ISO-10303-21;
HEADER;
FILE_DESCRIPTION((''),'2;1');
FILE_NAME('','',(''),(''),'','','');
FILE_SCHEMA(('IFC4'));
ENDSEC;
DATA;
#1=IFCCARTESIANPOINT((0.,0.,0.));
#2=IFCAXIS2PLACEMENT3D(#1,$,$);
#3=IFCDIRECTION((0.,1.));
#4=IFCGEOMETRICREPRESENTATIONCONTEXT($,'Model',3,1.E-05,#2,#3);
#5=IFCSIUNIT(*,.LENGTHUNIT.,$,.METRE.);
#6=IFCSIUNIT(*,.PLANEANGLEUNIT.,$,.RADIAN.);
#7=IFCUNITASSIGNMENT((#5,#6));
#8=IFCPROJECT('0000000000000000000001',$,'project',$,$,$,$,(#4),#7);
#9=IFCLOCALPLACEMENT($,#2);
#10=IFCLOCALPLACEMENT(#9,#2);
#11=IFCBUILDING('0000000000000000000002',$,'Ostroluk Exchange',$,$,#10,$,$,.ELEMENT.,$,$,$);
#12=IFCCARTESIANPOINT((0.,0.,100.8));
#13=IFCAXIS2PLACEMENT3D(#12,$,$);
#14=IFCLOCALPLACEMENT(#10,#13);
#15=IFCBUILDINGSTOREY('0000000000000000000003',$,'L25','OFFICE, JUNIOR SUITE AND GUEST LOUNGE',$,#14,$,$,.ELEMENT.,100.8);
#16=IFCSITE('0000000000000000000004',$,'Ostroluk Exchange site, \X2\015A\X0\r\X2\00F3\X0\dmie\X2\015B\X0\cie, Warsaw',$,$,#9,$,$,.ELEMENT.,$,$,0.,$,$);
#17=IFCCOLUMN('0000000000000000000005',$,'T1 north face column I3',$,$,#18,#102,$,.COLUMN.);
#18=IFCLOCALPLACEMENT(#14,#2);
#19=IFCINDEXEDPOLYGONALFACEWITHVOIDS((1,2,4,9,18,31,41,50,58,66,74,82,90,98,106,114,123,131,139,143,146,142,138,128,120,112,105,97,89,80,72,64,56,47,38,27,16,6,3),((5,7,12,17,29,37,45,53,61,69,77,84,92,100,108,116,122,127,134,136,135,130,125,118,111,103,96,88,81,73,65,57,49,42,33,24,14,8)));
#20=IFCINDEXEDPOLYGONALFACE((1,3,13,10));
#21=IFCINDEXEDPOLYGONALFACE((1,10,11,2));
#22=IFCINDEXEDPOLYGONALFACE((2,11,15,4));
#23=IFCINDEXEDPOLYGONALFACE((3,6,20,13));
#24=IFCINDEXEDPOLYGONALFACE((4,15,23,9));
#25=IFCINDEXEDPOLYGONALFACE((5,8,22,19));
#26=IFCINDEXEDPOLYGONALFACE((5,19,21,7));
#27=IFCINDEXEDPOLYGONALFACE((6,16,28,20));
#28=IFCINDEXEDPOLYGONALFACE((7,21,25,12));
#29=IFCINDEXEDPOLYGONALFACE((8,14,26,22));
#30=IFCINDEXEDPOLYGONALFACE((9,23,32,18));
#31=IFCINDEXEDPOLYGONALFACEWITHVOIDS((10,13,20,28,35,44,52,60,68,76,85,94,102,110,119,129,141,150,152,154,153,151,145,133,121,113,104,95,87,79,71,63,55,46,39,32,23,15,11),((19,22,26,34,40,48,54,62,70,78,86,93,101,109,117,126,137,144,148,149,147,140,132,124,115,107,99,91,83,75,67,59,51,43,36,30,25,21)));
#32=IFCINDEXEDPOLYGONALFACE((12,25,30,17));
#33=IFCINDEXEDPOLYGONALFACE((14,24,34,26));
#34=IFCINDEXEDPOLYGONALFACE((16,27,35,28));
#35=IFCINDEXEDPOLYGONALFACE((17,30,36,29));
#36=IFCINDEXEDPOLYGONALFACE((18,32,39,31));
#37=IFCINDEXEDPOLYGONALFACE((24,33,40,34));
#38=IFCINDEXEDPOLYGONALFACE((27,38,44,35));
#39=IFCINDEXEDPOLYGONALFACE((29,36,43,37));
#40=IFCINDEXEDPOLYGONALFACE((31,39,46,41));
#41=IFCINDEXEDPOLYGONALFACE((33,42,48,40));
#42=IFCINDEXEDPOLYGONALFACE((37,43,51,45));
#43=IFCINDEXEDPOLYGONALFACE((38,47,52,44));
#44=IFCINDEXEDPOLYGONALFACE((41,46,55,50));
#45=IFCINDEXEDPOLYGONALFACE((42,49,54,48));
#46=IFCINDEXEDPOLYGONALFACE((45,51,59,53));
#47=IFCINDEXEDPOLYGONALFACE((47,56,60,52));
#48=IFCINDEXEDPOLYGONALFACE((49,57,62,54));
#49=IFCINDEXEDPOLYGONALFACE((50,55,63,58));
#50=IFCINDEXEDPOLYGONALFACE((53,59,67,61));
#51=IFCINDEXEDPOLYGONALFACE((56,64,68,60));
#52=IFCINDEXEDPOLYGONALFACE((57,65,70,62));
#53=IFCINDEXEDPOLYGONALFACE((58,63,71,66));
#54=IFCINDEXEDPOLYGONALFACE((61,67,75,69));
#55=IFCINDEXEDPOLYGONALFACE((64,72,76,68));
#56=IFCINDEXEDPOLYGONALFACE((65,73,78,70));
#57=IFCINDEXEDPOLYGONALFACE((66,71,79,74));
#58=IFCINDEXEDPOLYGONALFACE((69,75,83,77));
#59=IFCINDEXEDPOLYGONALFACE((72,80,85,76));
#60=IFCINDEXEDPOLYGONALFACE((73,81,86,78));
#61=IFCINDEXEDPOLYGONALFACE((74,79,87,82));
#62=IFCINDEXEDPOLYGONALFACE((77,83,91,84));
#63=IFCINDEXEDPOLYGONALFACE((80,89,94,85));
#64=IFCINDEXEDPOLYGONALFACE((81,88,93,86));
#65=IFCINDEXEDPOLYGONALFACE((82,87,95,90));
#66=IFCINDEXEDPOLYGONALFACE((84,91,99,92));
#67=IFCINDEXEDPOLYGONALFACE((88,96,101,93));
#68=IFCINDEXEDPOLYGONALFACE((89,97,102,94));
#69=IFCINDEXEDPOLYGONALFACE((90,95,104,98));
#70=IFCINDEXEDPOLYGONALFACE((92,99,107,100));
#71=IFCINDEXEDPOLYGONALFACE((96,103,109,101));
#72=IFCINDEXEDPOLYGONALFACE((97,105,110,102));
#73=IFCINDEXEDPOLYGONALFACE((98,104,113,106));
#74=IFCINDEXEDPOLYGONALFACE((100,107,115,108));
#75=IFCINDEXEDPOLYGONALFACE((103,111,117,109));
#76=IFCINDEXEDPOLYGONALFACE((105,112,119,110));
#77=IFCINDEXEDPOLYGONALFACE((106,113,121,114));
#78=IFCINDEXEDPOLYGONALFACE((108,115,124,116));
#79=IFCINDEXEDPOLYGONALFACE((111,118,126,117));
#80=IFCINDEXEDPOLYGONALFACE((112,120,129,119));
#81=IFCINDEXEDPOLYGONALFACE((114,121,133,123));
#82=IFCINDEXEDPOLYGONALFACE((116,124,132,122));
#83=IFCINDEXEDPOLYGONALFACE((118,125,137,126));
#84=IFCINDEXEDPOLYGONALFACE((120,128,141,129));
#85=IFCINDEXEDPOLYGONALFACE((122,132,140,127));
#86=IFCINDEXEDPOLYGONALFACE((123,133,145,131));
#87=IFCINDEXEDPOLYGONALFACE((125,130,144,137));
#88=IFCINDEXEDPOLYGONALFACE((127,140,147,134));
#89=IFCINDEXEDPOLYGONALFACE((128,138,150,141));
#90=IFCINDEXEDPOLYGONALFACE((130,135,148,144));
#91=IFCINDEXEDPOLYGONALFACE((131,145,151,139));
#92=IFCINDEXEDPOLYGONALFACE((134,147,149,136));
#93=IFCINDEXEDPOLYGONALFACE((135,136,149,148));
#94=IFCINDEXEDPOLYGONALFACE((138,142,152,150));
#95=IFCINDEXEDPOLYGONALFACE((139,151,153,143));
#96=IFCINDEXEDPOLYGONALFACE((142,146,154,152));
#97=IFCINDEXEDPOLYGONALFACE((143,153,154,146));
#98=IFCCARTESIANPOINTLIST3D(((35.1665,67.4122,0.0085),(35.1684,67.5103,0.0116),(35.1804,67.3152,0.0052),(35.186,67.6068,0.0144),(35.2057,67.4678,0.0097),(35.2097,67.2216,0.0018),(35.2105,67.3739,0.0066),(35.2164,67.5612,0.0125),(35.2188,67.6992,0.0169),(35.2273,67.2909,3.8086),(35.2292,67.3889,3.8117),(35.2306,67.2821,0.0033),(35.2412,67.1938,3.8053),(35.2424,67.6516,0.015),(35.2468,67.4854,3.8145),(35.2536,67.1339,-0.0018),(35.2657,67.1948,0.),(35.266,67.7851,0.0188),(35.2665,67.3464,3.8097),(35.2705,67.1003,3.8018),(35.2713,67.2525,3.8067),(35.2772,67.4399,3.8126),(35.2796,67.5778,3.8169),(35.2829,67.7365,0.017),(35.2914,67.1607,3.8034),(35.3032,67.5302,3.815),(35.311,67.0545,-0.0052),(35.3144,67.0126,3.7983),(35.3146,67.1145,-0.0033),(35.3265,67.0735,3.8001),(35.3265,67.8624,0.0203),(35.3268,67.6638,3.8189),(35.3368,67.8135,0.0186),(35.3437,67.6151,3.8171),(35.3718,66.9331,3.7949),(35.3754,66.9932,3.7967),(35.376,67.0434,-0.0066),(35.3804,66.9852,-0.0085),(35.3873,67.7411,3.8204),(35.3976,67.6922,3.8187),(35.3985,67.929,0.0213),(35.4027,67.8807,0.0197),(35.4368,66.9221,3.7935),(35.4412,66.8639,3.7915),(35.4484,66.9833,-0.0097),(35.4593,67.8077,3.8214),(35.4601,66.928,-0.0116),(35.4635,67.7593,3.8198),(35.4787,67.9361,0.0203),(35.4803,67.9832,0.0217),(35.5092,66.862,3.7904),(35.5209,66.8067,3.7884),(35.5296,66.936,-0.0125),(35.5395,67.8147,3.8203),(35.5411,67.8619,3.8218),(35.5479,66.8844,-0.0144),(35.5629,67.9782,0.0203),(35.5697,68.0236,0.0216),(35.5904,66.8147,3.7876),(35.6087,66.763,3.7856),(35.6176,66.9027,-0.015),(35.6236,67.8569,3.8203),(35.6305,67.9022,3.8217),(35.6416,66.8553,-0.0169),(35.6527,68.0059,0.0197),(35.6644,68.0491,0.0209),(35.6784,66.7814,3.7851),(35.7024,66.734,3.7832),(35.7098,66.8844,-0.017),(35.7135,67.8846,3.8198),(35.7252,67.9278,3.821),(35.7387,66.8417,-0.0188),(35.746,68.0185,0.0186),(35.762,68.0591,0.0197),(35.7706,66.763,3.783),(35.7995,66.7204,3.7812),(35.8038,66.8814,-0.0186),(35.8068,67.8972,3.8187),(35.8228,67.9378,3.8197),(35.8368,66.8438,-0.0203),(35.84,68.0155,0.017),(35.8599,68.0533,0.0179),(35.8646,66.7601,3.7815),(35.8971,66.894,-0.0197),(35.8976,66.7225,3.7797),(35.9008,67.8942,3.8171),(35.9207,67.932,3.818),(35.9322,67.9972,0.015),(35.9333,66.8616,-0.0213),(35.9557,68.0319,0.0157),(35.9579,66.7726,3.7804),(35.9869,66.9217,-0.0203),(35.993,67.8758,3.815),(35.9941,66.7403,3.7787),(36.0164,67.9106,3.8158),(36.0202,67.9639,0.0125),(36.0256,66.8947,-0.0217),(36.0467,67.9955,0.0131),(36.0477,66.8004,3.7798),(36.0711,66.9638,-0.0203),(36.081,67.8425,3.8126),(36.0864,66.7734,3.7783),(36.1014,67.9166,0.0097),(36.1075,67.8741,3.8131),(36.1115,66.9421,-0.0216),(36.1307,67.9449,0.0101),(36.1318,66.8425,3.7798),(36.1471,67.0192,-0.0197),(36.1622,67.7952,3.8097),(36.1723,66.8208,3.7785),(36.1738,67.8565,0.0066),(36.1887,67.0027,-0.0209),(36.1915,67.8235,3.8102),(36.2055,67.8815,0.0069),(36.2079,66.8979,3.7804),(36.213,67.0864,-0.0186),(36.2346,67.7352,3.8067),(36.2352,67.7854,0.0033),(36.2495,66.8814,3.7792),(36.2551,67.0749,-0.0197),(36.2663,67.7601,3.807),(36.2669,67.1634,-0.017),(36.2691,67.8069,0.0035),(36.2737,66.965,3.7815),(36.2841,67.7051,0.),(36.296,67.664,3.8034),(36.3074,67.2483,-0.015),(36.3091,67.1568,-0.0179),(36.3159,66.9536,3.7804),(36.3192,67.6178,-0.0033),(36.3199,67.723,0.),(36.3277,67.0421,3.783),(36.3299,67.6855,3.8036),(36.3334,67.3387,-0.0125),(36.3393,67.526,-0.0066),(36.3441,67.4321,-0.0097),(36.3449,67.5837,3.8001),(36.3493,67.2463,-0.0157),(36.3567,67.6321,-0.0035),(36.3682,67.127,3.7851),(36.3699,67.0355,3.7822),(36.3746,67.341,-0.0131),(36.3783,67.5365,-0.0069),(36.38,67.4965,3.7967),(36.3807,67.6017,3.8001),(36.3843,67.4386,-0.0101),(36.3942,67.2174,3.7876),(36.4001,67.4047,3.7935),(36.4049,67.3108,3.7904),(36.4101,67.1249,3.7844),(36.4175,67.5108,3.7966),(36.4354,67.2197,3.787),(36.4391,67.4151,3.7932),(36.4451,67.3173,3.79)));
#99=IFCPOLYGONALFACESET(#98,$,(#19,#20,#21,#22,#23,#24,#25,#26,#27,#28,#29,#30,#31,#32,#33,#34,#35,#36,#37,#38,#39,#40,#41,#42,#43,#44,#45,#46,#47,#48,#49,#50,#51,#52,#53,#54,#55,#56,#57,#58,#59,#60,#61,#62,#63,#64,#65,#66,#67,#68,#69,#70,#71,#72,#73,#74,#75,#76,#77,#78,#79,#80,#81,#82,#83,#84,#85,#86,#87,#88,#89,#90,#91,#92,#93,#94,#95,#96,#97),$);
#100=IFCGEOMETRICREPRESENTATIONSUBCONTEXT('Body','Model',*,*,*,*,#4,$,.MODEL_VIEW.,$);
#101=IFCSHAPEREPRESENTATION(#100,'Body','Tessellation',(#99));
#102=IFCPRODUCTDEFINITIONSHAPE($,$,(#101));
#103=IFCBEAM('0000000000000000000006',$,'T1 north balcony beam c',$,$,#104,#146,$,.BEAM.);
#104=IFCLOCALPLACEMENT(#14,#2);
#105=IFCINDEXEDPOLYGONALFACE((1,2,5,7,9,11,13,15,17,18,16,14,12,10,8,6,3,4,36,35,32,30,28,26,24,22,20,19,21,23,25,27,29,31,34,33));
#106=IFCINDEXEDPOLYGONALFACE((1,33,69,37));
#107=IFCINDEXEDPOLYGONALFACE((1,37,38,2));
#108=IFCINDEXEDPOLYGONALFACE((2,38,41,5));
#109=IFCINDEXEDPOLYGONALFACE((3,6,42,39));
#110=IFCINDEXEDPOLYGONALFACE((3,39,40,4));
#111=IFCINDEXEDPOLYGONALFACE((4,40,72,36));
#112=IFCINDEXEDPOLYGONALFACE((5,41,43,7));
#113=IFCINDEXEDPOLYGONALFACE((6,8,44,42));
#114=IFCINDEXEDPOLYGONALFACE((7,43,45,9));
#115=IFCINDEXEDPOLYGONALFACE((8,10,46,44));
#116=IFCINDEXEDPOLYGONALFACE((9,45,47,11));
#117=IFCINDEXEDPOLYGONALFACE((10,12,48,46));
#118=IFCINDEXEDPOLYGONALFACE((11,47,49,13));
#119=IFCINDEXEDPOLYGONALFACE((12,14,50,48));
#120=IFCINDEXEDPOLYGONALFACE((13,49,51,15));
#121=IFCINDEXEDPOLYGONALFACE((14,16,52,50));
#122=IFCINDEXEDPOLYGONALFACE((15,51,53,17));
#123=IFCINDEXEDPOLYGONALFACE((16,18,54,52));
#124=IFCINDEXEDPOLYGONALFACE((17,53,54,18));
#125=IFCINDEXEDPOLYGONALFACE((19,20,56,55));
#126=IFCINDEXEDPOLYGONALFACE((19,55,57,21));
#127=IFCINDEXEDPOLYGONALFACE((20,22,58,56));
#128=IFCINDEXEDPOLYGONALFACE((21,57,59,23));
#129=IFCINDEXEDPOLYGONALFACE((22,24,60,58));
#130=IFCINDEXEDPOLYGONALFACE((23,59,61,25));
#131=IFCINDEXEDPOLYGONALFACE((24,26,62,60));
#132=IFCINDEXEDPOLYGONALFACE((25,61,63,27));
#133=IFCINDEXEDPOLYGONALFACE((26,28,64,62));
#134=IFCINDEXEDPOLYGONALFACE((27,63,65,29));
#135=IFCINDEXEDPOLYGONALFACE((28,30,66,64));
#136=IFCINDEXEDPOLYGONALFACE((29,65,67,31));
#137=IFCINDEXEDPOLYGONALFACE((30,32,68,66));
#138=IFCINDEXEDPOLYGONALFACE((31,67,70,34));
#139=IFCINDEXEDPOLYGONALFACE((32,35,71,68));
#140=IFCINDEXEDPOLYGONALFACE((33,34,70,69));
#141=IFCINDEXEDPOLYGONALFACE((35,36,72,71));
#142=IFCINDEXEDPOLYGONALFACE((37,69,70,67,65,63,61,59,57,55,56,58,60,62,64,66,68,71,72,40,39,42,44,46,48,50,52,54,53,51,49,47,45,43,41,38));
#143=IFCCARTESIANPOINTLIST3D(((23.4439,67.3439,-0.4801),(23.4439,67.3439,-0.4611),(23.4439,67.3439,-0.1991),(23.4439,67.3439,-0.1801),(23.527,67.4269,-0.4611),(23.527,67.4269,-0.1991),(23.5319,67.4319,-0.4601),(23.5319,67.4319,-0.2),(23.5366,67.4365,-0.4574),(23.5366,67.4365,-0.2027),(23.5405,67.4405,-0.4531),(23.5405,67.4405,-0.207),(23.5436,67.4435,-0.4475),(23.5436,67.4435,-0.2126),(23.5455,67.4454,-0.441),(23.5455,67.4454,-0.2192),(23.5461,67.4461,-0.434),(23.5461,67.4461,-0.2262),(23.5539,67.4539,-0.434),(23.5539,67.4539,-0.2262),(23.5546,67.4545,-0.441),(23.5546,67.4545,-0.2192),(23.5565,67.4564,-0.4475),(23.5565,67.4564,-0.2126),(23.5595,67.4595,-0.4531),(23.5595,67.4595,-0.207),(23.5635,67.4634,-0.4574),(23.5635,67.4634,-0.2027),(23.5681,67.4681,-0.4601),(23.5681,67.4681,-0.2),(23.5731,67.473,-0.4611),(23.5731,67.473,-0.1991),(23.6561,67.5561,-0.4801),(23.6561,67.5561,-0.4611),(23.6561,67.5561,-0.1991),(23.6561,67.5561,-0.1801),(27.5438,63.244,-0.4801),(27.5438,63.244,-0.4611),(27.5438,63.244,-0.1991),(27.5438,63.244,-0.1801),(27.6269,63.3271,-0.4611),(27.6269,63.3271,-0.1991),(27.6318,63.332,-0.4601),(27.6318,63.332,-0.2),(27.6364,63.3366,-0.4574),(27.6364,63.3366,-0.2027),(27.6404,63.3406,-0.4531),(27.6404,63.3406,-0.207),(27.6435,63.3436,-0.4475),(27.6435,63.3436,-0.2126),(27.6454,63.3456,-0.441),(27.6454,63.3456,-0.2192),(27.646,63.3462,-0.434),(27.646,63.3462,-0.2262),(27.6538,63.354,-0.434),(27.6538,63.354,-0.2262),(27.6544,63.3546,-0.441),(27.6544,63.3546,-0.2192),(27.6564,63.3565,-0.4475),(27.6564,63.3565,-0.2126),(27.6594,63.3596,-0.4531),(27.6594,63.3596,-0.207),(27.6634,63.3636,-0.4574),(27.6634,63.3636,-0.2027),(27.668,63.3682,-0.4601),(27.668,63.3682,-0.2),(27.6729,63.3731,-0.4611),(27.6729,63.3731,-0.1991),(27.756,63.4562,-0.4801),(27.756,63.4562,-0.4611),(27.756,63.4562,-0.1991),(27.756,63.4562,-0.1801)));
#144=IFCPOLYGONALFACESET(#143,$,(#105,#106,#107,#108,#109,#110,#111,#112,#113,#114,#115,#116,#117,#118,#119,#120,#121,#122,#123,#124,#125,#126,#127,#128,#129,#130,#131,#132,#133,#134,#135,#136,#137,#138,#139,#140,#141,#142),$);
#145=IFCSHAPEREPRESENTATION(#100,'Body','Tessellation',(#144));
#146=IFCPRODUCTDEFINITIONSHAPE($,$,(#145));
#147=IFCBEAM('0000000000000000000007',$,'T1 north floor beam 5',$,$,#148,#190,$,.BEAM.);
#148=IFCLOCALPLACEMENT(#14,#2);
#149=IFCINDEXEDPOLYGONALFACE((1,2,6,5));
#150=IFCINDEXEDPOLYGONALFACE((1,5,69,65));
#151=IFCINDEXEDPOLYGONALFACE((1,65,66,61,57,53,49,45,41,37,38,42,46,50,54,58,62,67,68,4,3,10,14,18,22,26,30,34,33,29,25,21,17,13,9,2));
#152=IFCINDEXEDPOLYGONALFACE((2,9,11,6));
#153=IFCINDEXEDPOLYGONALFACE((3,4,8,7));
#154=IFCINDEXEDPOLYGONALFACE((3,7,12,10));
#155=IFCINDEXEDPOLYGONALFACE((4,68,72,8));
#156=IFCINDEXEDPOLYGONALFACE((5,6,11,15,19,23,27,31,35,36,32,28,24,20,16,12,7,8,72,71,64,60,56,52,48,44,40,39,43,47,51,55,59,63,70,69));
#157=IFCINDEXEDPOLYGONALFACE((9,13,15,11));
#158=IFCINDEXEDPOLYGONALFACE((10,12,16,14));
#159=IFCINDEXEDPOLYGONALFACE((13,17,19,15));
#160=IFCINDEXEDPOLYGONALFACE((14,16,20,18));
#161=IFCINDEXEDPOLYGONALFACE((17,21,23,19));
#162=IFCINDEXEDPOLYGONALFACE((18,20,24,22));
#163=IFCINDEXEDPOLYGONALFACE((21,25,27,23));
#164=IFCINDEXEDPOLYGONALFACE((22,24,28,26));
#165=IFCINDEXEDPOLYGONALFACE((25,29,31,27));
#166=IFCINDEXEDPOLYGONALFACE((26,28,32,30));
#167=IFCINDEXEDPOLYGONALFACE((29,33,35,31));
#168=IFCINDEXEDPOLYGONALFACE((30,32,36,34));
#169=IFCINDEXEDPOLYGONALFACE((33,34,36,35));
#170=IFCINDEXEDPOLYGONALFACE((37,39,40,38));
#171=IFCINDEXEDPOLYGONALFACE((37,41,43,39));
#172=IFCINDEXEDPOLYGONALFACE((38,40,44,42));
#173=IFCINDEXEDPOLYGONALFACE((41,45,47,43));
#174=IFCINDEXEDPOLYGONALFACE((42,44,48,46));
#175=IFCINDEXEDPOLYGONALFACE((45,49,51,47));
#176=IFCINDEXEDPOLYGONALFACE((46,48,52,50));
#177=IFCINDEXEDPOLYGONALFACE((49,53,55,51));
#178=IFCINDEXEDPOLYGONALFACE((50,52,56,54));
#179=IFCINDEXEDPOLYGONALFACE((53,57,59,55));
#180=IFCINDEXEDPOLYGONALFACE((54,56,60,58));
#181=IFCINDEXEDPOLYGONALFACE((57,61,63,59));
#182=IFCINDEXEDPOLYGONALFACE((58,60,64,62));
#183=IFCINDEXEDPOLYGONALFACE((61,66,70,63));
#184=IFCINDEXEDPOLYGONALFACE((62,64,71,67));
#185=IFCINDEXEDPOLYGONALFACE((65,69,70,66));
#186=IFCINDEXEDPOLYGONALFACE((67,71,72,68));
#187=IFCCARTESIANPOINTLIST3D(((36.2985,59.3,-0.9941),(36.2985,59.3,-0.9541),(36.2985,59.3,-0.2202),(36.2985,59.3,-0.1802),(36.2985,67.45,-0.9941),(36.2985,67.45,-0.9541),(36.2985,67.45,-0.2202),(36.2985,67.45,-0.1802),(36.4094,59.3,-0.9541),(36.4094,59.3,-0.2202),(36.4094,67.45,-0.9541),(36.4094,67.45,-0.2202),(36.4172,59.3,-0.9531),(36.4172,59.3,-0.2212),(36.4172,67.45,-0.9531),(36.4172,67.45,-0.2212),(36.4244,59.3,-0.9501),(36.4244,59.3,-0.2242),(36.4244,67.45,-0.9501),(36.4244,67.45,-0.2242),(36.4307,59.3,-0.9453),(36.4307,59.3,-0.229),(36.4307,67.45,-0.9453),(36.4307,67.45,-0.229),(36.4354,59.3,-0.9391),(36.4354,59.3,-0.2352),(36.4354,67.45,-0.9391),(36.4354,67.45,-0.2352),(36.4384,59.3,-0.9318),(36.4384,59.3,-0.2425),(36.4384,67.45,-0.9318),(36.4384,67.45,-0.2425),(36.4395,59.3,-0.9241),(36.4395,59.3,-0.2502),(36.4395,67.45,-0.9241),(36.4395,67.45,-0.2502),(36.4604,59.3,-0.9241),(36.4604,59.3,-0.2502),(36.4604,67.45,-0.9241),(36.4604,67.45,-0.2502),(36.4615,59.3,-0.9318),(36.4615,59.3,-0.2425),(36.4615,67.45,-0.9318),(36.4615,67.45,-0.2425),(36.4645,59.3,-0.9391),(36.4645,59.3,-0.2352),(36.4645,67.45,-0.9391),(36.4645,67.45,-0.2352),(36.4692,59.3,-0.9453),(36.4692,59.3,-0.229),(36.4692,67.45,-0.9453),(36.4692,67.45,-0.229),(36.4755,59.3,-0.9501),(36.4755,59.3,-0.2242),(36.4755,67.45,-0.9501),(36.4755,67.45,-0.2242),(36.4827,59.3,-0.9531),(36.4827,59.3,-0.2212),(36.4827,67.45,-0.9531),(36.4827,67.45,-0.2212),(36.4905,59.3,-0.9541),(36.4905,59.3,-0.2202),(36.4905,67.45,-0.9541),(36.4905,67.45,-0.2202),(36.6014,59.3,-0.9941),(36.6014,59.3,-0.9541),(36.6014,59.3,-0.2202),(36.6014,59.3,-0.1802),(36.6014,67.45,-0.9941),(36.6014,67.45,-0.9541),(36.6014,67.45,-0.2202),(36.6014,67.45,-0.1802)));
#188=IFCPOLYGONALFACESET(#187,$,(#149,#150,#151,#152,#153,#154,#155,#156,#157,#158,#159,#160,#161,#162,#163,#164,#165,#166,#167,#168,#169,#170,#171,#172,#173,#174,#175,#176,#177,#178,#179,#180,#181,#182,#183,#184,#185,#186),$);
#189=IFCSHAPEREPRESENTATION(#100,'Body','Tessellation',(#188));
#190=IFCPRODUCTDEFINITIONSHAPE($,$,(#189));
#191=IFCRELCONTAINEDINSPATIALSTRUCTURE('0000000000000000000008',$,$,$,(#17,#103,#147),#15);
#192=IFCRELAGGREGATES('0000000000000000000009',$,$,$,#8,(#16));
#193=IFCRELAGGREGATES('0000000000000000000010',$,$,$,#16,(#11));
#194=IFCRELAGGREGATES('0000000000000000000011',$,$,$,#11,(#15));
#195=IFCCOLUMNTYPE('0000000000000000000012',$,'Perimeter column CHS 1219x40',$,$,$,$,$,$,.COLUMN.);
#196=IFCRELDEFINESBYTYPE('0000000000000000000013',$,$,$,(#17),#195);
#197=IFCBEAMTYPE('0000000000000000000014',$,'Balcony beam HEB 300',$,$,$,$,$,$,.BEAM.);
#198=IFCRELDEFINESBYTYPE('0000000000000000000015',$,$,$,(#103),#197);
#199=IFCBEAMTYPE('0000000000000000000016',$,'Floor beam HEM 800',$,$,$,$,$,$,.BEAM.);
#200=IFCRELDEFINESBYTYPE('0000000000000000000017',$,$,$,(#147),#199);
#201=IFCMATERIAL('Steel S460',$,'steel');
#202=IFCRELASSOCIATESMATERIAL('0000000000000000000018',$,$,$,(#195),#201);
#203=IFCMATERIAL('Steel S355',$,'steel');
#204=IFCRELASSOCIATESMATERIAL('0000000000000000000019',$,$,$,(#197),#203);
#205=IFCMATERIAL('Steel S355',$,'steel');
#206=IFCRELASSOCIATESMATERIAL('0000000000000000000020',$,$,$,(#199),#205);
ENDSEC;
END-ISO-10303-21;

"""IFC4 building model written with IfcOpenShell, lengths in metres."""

from ifc_helpers import new_model, si_unit, direction, frame, origin, origin_2d, place, context, subcontext, project, spatial, hollow_circle, i_section, extrude, material, material_profile, profile_set, type_object, element, save


model = new_model("IFC4")

# Units and contexts
model_context = context("Model", 3, precision=1e-05, world=origin(), true_north=direction((0.0, 1.0)))
body_context = subcontext(model_context, "Body", "Model", "MODEL_VIEW")
ifc_project = project(units=[si_unit("LENGTHUNIT", "METRE"), si_unit("PLANEANGLEUNIT", "RADIAN")], contexts=[model_context])

# Site, building, storey
site_placement = place(None, origin())
site = spatial("IfcSite", under=ifc_project, at=site_placement, Name="Ostroluk Exchange site, Śródmieście, Warsaw", CompositionType="ELEMENT", RefElevation=0.0)
building_placement = place(site_placement, origin())
building = spatial("IfcBuilding", under=site, at=building_placement, Name="Ostroluk Exchange", CompositionType="ELEMENT")
storey_placement = place(building_placement, frame((0.0, 0.0, 100.8)))
storey = spatial("IfcBuildingStorey", under=building, at=storey_placement, Name="L25", Description="OFFICE, JUNIOR SUITE AND GUEST LOUNGE", CompositionType="ELEMENT", Elevation=100.8)

# Column
ifc_material_1 = material(Name="Steel S460", Category="steel")
ifc_material_profile_1 = material_profile(ifc_material_1, hollow_circle(Radius=0.6096, WallThickness=0.04, at=origin_2d()), Name="CHS 1219x40")
ifc_profile_set_1 = profile_set([ifc_material_profile_1], Name="Steel S460")
column_type = type_object("IfcColumnType", Name="Perimeter column CHS 1219x40", PredefinedType="COLUMN", material=ifc_profile_set_1)
column_placement = place(storey_placement, frame((35.7749, 67.45, 0.0), z_axis=(0.015987, -0.03191, 0.999363), x_axis=(0.894067, 0.447933, 0.0)))
element("IfcColumn", 1, at=column_placement, inside=storey, type_object=column_type, Name="T1 north face column I3", PredefinedType="COLUMN", context=body_context, shape_type="SweptSolid", body=[
    extrude(hollow_circle(Radius=0.6096, WallThickness=0.04, at=origin_2d()), origin(), (0.0, 0.0, 1.0), 3.8025),
])

# Beams
ifc_material_2 = material(Name="Steel S355", Category="steel")
ifc_material_profile_2 = material_profile(ifc_material_2, i_section(OverallWidth=0.3, OverallDepth=0.3, WebThickness=0.011, FlangeThickness=0.019, FilletRadius=0.0271, at=origin_2d()), Name="HEB 300")
ifc_profile_set_2 = profile_set([ifc_material_profile_2], Name="Steel S355")
beam_type_1 = type_object("IfcBeamType", Name="Balcony beam HEB 300", PredefinedType="BEAM", material=ifc_profile_set_2)
beam_1_placement = place(storey_placement, frame((27.6499, 63.3501, -0.3301), z_axis=(-0.707107, 0.707107, 0.0), x_axis=(-0.707107, -0.707107, 0.0)))
element("IfcBeam", 2, at=beam_1_placement, inside=storey, type_object=beam_type_1, Name="T1 north balcony beam c", PredefinedType="BEAM", context=body_context, shape_type="SweptSolid", body=[
    extrude(i_section(OverallWidth=0.3, OverallDepth=0.3, WebThickness=0.011, FlangeThickness=0.019, FilletRadius=0.0271, at=origin_2d()), origin(), (0.0, 0.0, 1.0), 5.7981),
])
ifc_material_3 = material(Name="Steel S355", Category="steel")
ifc_material_profile_3 = material_profile(ifc_material_3, i_section(OverallWidth=0.303, OverallDepth=0.814, WebThickness=0.021, FlangeThickness=0.04, FilletRadius=0.03, at=origin_2d()), Name="HEM 800")
ifc_profile_set_3 = profile_set([ifc_material_profile_3], Name="Steel S355")
beam_type_2 = type_object("IfcBeamType", Name="Floor beam HEM 800", PredefinedType="BEAM", material=ifc_profile_set_3)
beam_2_placement = place(storey_placement, frame((36.45, 59.3, -0.5872), z_axis=(0.0, 1.0, 0.0), x_axis=(-1.0, 0.0, 0.0)))
element("IfcBeam", 3, at=beam_2_placement, inside=storey, type_object=beam_type_2, Name="T1 north floor beam 5", PredefinedType="BEAM", context=body_context, shape_type="SweptSolid", body=[
    extrude(i_section(OverallWidth=0.303, OverallDepth=0.814, WebThickness=0.021, FlangeThickness=0.04, FilletRadius=0.03, at=origin_2d()), origin(), (0.0, 0.0, 1.0), 8.1499),
])

save(model, "model.ifc")
